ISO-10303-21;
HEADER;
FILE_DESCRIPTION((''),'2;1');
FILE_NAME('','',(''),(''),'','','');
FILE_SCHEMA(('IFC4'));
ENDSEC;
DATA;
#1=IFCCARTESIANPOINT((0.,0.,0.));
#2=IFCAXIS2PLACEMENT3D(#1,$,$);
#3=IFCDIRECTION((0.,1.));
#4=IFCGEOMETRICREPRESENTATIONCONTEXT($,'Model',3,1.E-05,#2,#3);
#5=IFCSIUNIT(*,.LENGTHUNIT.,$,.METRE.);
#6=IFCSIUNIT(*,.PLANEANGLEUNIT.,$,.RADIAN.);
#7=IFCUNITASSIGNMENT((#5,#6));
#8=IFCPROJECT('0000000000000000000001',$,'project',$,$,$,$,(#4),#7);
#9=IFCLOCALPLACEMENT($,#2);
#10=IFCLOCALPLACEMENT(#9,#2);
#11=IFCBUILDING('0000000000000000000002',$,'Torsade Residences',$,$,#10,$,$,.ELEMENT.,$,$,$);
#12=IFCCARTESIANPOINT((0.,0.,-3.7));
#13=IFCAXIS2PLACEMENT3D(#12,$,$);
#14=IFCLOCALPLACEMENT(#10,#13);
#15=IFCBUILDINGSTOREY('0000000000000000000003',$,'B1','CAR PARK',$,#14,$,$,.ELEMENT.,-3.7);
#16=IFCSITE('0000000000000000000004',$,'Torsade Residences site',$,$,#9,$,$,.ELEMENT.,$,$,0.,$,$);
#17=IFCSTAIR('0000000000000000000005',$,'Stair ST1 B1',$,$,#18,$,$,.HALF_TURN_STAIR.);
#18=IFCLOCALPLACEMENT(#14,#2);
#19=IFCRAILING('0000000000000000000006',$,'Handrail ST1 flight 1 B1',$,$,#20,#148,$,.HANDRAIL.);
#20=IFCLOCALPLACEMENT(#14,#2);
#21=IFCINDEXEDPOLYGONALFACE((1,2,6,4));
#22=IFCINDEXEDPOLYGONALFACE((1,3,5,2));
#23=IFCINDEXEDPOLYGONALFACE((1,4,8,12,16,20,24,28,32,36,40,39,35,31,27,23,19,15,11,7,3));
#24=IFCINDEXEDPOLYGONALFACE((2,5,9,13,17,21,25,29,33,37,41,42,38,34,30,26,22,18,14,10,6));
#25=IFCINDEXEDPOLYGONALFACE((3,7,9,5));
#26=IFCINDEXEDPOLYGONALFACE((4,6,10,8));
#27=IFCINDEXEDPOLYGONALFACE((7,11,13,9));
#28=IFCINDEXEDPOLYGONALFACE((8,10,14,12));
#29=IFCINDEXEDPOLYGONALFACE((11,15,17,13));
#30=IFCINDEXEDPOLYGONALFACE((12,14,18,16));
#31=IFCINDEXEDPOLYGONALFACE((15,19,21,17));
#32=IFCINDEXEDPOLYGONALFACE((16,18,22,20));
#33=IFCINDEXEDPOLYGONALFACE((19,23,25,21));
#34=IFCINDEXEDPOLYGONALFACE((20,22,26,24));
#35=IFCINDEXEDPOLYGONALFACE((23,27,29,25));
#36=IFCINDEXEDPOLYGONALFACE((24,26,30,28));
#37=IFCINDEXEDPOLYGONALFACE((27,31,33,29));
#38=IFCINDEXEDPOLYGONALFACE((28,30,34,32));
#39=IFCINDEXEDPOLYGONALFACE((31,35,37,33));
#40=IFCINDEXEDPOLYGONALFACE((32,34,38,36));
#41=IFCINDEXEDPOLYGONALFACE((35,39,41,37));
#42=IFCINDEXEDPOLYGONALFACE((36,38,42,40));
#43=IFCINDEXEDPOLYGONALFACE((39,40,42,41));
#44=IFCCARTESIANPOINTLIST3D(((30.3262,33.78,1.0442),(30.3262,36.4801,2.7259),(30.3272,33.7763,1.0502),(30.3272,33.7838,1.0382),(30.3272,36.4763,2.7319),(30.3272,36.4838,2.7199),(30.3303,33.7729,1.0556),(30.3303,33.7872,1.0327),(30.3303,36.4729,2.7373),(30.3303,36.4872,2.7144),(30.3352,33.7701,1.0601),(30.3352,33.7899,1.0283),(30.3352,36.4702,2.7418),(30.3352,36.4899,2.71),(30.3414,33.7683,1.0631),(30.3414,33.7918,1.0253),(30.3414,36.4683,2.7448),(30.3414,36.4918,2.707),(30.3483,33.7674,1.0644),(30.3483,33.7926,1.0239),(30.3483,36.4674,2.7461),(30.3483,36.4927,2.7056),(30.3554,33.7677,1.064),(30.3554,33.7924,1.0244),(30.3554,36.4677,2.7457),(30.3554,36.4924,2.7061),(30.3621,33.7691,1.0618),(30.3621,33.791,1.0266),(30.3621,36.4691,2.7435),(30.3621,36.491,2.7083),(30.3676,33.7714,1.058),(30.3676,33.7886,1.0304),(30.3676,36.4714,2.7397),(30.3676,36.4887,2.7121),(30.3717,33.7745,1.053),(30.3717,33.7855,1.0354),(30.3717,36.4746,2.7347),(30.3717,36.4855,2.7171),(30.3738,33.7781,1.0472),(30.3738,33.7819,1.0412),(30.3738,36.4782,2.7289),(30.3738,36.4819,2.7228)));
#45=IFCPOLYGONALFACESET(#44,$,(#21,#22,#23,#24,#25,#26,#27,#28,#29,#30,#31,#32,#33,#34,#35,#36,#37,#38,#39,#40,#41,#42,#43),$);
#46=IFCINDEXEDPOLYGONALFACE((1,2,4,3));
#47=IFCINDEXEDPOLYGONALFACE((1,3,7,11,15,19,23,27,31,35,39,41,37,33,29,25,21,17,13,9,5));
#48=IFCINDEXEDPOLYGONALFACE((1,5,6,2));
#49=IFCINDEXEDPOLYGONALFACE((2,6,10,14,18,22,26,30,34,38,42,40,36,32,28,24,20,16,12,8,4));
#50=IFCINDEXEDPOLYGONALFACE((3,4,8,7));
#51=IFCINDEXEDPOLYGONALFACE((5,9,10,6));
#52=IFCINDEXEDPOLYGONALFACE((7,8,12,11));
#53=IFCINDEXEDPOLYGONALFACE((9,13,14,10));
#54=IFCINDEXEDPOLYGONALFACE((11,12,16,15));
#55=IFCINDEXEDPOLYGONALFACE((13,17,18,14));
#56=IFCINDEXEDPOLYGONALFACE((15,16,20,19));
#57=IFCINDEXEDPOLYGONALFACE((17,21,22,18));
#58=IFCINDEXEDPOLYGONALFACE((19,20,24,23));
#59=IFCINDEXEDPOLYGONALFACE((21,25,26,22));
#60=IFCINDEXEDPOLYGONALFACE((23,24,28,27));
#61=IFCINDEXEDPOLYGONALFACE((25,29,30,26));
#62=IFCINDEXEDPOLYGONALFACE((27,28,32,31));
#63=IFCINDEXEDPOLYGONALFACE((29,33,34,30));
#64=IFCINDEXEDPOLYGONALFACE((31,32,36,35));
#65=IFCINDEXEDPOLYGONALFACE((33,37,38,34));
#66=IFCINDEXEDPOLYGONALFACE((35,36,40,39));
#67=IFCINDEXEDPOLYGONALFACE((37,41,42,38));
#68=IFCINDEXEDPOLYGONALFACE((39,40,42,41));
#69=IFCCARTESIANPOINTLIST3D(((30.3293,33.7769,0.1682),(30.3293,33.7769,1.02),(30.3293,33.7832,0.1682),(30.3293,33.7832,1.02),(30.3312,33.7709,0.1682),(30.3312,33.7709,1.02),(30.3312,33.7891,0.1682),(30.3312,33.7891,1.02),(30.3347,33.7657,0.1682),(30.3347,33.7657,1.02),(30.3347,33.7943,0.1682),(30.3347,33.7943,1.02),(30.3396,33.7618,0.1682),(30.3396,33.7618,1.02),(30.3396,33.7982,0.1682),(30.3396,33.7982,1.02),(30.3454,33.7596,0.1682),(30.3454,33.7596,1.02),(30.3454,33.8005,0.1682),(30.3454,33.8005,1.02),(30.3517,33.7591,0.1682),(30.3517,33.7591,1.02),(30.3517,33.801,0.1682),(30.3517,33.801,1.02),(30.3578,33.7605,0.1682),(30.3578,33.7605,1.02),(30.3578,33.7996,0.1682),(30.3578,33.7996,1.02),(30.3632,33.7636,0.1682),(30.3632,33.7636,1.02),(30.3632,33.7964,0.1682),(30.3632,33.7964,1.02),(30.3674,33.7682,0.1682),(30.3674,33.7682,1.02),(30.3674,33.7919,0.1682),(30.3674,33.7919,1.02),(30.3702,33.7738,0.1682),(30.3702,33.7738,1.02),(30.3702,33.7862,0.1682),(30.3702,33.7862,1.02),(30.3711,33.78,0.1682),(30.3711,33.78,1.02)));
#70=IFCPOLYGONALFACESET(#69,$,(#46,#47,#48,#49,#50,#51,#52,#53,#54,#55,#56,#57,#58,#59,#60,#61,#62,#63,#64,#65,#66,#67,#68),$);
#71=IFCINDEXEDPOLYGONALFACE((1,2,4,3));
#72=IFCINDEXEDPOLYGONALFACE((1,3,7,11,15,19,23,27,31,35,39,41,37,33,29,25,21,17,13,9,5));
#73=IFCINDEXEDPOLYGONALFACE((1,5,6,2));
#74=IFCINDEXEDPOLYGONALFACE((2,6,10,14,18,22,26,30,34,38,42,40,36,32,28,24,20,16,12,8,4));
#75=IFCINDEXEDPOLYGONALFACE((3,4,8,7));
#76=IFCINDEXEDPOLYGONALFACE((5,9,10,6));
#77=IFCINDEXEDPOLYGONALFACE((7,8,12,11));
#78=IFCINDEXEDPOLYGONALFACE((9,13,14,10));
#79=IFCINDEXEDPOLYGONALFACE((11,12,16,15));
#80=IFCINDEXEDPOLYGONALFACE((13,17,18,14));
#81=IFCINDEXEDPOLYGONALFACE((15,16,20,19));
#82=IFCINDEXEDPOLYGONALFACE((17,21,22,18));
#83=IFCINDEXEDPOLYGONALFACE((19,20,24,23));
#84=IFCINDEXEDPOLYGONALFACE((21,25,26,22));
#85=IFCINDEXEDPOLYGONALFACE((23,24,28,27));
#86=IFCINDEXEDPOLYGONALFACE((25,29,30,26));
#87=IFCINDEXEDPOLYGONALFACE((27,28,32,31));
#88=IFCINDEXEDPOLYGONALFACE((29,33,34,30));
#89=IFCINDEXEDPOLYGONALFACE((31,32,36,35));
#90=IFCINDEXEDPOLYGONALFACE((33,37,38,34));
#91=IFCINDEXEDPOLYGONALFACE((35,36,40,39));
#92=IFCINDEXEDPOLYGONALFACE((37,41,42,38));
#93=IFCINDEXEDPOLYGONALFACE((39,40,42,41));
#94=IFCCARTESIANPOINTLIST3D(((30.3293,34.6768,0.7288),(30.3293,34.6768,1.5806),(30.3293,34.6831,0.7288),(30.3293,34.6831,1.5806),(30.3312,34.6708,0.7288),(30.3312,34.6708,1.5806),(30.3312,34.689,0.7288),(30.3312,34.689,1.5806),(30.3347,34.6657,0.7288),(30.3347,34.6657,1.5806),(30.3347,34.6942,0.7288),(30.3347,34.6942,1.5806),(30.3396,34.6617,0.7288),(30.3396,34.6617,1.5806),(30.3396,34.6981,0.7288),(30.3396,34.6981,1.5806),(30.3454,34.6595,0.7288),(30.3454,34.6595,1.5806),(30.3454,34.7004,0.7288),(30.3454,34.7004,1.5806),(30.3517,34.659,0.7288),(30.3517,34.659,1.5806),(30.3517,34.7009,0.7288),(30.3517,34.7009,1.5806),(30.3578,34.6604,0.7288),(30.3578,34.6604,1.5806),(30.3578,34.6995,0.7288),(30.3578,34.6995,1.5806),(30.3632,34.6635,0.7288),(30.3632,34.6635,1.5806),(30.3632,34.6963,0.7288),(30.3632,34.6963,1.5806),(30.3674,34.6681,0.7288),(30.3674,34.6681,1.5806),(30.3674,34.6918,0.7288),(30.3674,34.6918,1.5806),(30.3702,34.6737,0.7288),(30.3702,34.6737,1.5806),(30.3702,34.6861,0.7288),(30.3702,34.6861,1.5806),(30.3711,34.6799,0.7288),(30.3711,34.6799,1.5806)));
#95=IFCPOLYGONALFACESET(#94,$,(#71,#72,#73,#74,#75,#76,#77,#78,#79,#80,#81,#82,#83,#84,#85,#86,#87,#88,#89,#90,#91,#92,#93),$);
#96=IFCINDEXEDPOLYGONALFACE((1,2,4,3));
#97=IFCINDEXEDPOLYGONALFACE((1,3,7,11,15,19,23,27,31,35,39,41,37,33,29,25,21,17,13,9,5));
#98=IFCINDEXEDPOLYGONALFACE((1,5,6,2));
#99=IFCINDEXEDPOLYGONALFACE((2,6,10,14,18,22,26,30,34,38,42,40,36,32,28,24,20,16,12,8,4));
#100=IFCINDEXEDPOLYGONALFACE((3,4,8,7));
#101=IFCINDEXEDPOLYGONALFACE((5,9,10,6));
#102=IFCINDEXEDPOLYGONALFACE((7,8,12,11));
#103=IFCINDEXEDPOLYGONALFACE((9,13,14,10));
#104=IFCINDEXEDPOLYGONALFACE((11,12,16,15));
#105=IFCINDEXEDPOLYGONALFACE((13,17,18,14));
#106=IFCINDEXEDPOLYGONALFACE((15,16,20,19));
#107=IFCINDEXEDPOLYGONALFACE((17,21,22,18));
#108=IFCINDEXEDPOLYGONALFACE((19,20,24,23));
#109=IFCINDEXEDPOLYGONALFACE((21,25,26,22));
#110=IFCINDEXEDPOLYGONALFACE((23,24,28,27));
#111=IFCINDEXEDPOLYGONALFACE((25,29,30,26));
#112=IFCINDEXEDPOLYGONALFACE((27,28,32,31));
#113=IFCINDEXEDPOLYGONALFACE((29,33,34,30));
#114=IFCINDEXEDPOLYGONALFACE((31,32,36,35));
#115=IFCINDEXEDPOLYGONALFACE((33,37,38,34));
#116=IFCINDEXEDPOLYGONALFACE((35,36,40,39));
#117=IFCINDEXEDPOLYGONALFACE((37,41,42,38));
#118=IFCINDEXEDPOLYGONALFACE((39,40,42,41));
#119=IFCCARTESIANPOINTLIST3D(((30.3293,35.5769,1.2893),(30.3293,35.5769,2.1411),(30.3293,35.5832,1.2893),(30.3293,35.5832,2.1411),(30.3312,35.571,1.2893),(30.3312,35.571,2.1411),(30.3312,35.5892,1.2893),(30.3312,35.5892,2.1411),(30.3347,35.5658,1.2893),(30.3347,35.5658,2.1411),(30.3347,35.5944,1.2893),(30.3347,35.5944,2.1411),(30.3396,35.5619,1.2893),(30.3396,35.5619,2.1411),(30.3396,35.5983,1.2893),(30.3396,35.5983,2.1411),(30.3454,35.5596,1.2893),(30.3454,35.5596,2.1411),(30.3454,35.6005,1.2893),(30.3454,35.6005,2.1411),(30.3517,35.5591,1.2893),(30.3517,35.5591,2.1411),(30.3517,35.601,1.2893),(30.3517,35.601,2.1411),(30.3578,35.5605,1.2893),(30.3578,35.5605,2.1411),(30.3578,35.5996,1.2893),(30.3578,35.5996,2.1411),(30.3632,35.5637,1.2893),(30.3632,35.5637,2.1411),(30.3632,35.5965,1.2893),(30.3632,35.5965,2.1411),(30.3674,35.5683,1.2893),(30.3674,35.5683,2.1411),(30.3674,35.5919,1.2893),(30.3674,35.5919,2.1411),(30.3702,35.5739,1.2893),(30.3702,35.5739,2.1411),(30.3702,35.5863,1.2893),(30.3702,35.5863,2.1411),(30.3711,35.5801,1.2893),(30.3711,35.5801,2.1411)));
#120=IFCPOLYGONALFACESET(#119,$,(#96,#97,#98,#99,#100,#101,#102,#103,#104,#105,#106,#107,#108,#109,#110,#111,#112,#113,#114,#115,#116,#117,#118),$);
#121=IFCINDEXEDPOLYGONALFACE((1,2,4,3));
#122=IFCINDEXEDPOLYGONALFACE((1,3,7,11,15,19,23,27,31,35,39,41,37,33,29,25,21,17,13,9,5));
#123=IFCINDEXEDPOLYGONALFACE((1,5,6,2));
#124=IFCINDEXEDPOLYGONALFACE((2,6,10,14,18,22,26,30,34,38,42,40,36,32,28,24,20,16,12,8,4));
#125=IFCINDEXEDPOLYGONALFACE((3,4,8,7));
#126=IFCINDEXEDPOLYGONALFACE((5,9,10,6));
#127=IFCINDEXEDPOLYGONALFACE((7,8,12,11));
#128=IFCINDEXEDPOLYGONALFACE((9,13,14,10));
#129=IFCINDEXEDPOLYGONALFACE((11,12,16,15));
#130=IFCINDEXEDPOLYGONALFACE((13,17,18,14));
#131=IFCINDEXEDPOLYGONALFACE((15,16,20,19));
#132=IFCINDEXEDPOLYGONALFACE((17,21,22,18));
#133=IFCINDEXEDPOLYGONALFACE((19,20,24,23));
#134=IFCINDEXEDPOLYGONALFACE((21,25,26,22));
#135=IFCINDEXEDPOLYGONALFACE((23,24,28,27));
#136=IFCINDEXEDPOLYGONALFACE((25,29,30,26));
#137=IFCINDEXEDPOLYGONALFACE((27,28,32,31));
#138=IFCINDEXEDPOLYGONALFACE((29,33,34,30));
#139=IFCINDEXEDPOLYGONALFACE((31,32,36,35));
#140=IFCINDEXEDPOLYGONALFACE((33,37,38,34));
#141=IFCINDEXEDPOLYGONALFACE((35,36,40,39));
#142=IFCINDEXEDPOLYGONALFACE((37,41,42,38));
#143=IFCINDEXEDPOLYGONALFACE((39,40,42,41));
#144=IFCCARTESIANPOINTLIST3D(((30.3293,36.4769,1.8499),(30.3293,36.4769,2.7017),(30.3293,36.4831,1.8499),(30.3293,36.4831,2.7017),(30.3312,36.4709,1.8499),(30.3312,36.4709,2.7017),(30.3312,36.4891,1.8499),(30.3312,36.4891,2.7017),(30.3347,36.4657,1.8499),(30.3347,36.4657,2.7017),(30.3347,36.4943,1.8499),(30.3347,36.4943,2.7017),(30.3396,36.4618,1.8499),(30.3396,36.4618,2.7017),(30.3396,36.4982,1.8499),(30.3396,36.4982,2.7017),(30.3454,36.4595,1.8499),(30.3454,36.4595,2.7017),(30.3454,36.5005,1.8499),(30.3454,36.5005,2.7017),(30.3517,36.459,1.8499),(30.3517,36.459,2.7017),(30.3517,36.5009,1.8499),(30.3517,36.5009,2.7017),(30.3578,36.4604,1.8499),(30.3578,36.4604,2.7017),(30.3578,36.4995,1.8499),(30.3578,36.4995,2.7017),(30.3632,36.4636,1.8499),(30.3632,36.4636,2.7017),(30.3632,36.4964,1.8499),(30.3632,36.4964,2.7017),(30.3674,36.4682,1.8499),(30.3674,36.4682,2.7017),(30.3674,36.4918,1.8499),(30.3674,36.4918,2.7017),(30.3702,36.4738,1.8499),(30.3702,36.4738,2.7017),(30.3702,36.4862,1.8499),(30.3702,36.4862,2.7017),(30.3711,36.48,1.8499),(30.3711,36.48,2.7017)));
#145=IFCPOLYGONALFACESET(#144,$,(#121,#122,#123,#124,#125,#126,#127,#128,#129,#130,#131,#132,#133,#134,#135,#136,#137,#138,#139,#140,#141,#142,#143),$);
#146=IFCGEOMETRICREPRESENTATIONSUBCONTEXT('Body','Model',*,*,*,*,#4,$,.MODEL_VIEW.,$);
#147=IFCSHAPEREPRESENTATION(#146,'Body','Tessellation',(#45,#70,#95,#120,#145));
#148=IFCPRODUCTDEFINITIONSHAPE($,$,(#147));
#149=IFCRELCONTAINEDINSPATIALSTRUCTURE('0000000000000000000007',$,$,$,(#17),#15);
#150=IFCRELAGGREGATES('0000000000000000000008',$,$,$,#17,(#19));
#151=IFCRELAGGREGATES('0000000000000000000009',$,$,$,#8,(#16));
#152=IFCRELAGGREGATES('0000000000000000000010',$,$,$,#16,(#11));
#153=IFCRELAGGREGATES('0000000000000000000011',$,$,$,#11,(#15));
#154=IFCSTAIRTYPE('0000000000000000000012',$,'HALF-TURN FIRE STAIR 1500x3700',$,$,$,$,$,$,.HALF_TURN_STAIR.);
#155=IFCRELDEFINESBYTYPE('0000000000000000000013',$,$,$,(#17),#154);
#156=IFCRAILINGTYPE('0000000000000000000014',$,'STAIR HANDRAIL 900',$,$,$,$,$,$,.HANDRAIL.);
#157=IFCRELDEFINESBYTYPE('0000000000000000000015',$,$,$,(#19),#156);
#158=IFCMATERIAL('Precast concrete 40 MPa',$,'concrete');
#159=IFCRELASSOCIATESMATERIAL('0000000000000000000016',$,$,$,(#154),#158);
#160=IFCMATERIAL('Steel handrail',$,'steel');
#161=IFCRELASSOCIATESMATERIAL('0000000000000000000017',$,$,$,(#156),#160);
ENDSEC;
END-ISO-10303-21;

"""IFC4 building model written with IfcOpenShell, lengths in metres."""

from ifc_helpers import new_model, si_unit, direction, frame, origin, origin_2d, place, context, subcontext, project, spatial, circle, extrude, material, type_object, element, aggregate, save


model = new_model("IFC4")

# Units and contexts
model_context = context("Model", 3, precision=1e-05, world=origin(), true_north=direction((0.0, 1.0)))
body_context = subcontext(model_context, "Body", "Model", "MODEL_VIEW")
ifc_project = project(units=[si_unit("LENGTHUNIT", "METRE"), si_unit("PLANEANGLEUNIT", "RADIAN")], contexts=[model_context])

# Site, building, storey
site_placement = place(None, origin())
site = spatial("IfcSite", under=ifc_project, at=site_placement, Name="Torsade Residences site", CompositionType="ELEMENT", RefElevation=0.0)
building_placement = place(site_placement, origin())
building = spatial("IfcBuilding", under=site, at=building_placement, Name="Torsade Residences", CompositionType="ELEMENT")
storey_placement = place(building_placement, frame((0.0, 0.0, -3.7)))
storey = spatial("IfcBuildingStorey", under=building, at=storey_placement, Name="B1", Description="CAR PARK", CompositionType="ELEMENT", Elevation=-3.7)

# Stair, railing
ifc_material_1 = material(Name="Precast concrete 40 MPa", Category="concrete")
stair_type = type_object("IfcStairType", Name="HALF-TURN FIRE STAIR 1500x3700", PredefinedType="HALF_TURN_STAIR", material=ifc_material_1)
stair_placement = place(storey_placement, origin())
stair = element("IfcStair", 1, at=stair_placement, inside=storey, type_object=stair_type, Name="Stair ST1 B1", PredefinedType="HALF_TURN_STAIR")
ifc_material_2 = material(Name="Steel handrail", Category="steel")
railing_type = type_object("IfcRailingType", Name="STAIR HANDRAIL 900", PredefinedType="HANDRAIL", material=ifc_material_2)
railing_1_placement = place(storey_placement, frame((30.3501, 33.78, 0.1682)))
railing_1 = element("IfcRailing", 2, at=railing_1_placement, type_object=railing_type, Name="Handrail ST1 flight 1 B1", PredefinedType="HANDRAIL", context=body_context, shape_type="SweptSolid", body=[
    extrude(circle(Radius=0.0239, at=origin_2d()), frame((0.0, 0.0, 0.876), z_axis=(0.0, 0.848821, 0.528681), x_axis=(-1.0, 0.0, 0.0)), (0.0, 0.0, 1.0), 3.1809),
    extrude(circle(Radius=0.021, at=origin_2d()), origin(), (0.0, 0.0, 1.0), 0.8518),
    extrude(circle(Radius=0.021, at=origin_2d()), frame((0.0, 0.8999, 0.5605)), (0.0, 0.0, 1.0), 0.8518),
    extrude(circle(Radius=0.021, at=origin_2d()), frame((0.0, 1.8, 1.1211)), (0.0, 0.0, 1.0), 0.8518),
    extrude(circle(Radius=0.021, at=origin_2d()), frame((0.0, 2.7, 1.6816)), (0.0, 0.0, 1.0), 0.8518),
])
aggregate(stair, [railing_1])

save(model, "model.ifc")
